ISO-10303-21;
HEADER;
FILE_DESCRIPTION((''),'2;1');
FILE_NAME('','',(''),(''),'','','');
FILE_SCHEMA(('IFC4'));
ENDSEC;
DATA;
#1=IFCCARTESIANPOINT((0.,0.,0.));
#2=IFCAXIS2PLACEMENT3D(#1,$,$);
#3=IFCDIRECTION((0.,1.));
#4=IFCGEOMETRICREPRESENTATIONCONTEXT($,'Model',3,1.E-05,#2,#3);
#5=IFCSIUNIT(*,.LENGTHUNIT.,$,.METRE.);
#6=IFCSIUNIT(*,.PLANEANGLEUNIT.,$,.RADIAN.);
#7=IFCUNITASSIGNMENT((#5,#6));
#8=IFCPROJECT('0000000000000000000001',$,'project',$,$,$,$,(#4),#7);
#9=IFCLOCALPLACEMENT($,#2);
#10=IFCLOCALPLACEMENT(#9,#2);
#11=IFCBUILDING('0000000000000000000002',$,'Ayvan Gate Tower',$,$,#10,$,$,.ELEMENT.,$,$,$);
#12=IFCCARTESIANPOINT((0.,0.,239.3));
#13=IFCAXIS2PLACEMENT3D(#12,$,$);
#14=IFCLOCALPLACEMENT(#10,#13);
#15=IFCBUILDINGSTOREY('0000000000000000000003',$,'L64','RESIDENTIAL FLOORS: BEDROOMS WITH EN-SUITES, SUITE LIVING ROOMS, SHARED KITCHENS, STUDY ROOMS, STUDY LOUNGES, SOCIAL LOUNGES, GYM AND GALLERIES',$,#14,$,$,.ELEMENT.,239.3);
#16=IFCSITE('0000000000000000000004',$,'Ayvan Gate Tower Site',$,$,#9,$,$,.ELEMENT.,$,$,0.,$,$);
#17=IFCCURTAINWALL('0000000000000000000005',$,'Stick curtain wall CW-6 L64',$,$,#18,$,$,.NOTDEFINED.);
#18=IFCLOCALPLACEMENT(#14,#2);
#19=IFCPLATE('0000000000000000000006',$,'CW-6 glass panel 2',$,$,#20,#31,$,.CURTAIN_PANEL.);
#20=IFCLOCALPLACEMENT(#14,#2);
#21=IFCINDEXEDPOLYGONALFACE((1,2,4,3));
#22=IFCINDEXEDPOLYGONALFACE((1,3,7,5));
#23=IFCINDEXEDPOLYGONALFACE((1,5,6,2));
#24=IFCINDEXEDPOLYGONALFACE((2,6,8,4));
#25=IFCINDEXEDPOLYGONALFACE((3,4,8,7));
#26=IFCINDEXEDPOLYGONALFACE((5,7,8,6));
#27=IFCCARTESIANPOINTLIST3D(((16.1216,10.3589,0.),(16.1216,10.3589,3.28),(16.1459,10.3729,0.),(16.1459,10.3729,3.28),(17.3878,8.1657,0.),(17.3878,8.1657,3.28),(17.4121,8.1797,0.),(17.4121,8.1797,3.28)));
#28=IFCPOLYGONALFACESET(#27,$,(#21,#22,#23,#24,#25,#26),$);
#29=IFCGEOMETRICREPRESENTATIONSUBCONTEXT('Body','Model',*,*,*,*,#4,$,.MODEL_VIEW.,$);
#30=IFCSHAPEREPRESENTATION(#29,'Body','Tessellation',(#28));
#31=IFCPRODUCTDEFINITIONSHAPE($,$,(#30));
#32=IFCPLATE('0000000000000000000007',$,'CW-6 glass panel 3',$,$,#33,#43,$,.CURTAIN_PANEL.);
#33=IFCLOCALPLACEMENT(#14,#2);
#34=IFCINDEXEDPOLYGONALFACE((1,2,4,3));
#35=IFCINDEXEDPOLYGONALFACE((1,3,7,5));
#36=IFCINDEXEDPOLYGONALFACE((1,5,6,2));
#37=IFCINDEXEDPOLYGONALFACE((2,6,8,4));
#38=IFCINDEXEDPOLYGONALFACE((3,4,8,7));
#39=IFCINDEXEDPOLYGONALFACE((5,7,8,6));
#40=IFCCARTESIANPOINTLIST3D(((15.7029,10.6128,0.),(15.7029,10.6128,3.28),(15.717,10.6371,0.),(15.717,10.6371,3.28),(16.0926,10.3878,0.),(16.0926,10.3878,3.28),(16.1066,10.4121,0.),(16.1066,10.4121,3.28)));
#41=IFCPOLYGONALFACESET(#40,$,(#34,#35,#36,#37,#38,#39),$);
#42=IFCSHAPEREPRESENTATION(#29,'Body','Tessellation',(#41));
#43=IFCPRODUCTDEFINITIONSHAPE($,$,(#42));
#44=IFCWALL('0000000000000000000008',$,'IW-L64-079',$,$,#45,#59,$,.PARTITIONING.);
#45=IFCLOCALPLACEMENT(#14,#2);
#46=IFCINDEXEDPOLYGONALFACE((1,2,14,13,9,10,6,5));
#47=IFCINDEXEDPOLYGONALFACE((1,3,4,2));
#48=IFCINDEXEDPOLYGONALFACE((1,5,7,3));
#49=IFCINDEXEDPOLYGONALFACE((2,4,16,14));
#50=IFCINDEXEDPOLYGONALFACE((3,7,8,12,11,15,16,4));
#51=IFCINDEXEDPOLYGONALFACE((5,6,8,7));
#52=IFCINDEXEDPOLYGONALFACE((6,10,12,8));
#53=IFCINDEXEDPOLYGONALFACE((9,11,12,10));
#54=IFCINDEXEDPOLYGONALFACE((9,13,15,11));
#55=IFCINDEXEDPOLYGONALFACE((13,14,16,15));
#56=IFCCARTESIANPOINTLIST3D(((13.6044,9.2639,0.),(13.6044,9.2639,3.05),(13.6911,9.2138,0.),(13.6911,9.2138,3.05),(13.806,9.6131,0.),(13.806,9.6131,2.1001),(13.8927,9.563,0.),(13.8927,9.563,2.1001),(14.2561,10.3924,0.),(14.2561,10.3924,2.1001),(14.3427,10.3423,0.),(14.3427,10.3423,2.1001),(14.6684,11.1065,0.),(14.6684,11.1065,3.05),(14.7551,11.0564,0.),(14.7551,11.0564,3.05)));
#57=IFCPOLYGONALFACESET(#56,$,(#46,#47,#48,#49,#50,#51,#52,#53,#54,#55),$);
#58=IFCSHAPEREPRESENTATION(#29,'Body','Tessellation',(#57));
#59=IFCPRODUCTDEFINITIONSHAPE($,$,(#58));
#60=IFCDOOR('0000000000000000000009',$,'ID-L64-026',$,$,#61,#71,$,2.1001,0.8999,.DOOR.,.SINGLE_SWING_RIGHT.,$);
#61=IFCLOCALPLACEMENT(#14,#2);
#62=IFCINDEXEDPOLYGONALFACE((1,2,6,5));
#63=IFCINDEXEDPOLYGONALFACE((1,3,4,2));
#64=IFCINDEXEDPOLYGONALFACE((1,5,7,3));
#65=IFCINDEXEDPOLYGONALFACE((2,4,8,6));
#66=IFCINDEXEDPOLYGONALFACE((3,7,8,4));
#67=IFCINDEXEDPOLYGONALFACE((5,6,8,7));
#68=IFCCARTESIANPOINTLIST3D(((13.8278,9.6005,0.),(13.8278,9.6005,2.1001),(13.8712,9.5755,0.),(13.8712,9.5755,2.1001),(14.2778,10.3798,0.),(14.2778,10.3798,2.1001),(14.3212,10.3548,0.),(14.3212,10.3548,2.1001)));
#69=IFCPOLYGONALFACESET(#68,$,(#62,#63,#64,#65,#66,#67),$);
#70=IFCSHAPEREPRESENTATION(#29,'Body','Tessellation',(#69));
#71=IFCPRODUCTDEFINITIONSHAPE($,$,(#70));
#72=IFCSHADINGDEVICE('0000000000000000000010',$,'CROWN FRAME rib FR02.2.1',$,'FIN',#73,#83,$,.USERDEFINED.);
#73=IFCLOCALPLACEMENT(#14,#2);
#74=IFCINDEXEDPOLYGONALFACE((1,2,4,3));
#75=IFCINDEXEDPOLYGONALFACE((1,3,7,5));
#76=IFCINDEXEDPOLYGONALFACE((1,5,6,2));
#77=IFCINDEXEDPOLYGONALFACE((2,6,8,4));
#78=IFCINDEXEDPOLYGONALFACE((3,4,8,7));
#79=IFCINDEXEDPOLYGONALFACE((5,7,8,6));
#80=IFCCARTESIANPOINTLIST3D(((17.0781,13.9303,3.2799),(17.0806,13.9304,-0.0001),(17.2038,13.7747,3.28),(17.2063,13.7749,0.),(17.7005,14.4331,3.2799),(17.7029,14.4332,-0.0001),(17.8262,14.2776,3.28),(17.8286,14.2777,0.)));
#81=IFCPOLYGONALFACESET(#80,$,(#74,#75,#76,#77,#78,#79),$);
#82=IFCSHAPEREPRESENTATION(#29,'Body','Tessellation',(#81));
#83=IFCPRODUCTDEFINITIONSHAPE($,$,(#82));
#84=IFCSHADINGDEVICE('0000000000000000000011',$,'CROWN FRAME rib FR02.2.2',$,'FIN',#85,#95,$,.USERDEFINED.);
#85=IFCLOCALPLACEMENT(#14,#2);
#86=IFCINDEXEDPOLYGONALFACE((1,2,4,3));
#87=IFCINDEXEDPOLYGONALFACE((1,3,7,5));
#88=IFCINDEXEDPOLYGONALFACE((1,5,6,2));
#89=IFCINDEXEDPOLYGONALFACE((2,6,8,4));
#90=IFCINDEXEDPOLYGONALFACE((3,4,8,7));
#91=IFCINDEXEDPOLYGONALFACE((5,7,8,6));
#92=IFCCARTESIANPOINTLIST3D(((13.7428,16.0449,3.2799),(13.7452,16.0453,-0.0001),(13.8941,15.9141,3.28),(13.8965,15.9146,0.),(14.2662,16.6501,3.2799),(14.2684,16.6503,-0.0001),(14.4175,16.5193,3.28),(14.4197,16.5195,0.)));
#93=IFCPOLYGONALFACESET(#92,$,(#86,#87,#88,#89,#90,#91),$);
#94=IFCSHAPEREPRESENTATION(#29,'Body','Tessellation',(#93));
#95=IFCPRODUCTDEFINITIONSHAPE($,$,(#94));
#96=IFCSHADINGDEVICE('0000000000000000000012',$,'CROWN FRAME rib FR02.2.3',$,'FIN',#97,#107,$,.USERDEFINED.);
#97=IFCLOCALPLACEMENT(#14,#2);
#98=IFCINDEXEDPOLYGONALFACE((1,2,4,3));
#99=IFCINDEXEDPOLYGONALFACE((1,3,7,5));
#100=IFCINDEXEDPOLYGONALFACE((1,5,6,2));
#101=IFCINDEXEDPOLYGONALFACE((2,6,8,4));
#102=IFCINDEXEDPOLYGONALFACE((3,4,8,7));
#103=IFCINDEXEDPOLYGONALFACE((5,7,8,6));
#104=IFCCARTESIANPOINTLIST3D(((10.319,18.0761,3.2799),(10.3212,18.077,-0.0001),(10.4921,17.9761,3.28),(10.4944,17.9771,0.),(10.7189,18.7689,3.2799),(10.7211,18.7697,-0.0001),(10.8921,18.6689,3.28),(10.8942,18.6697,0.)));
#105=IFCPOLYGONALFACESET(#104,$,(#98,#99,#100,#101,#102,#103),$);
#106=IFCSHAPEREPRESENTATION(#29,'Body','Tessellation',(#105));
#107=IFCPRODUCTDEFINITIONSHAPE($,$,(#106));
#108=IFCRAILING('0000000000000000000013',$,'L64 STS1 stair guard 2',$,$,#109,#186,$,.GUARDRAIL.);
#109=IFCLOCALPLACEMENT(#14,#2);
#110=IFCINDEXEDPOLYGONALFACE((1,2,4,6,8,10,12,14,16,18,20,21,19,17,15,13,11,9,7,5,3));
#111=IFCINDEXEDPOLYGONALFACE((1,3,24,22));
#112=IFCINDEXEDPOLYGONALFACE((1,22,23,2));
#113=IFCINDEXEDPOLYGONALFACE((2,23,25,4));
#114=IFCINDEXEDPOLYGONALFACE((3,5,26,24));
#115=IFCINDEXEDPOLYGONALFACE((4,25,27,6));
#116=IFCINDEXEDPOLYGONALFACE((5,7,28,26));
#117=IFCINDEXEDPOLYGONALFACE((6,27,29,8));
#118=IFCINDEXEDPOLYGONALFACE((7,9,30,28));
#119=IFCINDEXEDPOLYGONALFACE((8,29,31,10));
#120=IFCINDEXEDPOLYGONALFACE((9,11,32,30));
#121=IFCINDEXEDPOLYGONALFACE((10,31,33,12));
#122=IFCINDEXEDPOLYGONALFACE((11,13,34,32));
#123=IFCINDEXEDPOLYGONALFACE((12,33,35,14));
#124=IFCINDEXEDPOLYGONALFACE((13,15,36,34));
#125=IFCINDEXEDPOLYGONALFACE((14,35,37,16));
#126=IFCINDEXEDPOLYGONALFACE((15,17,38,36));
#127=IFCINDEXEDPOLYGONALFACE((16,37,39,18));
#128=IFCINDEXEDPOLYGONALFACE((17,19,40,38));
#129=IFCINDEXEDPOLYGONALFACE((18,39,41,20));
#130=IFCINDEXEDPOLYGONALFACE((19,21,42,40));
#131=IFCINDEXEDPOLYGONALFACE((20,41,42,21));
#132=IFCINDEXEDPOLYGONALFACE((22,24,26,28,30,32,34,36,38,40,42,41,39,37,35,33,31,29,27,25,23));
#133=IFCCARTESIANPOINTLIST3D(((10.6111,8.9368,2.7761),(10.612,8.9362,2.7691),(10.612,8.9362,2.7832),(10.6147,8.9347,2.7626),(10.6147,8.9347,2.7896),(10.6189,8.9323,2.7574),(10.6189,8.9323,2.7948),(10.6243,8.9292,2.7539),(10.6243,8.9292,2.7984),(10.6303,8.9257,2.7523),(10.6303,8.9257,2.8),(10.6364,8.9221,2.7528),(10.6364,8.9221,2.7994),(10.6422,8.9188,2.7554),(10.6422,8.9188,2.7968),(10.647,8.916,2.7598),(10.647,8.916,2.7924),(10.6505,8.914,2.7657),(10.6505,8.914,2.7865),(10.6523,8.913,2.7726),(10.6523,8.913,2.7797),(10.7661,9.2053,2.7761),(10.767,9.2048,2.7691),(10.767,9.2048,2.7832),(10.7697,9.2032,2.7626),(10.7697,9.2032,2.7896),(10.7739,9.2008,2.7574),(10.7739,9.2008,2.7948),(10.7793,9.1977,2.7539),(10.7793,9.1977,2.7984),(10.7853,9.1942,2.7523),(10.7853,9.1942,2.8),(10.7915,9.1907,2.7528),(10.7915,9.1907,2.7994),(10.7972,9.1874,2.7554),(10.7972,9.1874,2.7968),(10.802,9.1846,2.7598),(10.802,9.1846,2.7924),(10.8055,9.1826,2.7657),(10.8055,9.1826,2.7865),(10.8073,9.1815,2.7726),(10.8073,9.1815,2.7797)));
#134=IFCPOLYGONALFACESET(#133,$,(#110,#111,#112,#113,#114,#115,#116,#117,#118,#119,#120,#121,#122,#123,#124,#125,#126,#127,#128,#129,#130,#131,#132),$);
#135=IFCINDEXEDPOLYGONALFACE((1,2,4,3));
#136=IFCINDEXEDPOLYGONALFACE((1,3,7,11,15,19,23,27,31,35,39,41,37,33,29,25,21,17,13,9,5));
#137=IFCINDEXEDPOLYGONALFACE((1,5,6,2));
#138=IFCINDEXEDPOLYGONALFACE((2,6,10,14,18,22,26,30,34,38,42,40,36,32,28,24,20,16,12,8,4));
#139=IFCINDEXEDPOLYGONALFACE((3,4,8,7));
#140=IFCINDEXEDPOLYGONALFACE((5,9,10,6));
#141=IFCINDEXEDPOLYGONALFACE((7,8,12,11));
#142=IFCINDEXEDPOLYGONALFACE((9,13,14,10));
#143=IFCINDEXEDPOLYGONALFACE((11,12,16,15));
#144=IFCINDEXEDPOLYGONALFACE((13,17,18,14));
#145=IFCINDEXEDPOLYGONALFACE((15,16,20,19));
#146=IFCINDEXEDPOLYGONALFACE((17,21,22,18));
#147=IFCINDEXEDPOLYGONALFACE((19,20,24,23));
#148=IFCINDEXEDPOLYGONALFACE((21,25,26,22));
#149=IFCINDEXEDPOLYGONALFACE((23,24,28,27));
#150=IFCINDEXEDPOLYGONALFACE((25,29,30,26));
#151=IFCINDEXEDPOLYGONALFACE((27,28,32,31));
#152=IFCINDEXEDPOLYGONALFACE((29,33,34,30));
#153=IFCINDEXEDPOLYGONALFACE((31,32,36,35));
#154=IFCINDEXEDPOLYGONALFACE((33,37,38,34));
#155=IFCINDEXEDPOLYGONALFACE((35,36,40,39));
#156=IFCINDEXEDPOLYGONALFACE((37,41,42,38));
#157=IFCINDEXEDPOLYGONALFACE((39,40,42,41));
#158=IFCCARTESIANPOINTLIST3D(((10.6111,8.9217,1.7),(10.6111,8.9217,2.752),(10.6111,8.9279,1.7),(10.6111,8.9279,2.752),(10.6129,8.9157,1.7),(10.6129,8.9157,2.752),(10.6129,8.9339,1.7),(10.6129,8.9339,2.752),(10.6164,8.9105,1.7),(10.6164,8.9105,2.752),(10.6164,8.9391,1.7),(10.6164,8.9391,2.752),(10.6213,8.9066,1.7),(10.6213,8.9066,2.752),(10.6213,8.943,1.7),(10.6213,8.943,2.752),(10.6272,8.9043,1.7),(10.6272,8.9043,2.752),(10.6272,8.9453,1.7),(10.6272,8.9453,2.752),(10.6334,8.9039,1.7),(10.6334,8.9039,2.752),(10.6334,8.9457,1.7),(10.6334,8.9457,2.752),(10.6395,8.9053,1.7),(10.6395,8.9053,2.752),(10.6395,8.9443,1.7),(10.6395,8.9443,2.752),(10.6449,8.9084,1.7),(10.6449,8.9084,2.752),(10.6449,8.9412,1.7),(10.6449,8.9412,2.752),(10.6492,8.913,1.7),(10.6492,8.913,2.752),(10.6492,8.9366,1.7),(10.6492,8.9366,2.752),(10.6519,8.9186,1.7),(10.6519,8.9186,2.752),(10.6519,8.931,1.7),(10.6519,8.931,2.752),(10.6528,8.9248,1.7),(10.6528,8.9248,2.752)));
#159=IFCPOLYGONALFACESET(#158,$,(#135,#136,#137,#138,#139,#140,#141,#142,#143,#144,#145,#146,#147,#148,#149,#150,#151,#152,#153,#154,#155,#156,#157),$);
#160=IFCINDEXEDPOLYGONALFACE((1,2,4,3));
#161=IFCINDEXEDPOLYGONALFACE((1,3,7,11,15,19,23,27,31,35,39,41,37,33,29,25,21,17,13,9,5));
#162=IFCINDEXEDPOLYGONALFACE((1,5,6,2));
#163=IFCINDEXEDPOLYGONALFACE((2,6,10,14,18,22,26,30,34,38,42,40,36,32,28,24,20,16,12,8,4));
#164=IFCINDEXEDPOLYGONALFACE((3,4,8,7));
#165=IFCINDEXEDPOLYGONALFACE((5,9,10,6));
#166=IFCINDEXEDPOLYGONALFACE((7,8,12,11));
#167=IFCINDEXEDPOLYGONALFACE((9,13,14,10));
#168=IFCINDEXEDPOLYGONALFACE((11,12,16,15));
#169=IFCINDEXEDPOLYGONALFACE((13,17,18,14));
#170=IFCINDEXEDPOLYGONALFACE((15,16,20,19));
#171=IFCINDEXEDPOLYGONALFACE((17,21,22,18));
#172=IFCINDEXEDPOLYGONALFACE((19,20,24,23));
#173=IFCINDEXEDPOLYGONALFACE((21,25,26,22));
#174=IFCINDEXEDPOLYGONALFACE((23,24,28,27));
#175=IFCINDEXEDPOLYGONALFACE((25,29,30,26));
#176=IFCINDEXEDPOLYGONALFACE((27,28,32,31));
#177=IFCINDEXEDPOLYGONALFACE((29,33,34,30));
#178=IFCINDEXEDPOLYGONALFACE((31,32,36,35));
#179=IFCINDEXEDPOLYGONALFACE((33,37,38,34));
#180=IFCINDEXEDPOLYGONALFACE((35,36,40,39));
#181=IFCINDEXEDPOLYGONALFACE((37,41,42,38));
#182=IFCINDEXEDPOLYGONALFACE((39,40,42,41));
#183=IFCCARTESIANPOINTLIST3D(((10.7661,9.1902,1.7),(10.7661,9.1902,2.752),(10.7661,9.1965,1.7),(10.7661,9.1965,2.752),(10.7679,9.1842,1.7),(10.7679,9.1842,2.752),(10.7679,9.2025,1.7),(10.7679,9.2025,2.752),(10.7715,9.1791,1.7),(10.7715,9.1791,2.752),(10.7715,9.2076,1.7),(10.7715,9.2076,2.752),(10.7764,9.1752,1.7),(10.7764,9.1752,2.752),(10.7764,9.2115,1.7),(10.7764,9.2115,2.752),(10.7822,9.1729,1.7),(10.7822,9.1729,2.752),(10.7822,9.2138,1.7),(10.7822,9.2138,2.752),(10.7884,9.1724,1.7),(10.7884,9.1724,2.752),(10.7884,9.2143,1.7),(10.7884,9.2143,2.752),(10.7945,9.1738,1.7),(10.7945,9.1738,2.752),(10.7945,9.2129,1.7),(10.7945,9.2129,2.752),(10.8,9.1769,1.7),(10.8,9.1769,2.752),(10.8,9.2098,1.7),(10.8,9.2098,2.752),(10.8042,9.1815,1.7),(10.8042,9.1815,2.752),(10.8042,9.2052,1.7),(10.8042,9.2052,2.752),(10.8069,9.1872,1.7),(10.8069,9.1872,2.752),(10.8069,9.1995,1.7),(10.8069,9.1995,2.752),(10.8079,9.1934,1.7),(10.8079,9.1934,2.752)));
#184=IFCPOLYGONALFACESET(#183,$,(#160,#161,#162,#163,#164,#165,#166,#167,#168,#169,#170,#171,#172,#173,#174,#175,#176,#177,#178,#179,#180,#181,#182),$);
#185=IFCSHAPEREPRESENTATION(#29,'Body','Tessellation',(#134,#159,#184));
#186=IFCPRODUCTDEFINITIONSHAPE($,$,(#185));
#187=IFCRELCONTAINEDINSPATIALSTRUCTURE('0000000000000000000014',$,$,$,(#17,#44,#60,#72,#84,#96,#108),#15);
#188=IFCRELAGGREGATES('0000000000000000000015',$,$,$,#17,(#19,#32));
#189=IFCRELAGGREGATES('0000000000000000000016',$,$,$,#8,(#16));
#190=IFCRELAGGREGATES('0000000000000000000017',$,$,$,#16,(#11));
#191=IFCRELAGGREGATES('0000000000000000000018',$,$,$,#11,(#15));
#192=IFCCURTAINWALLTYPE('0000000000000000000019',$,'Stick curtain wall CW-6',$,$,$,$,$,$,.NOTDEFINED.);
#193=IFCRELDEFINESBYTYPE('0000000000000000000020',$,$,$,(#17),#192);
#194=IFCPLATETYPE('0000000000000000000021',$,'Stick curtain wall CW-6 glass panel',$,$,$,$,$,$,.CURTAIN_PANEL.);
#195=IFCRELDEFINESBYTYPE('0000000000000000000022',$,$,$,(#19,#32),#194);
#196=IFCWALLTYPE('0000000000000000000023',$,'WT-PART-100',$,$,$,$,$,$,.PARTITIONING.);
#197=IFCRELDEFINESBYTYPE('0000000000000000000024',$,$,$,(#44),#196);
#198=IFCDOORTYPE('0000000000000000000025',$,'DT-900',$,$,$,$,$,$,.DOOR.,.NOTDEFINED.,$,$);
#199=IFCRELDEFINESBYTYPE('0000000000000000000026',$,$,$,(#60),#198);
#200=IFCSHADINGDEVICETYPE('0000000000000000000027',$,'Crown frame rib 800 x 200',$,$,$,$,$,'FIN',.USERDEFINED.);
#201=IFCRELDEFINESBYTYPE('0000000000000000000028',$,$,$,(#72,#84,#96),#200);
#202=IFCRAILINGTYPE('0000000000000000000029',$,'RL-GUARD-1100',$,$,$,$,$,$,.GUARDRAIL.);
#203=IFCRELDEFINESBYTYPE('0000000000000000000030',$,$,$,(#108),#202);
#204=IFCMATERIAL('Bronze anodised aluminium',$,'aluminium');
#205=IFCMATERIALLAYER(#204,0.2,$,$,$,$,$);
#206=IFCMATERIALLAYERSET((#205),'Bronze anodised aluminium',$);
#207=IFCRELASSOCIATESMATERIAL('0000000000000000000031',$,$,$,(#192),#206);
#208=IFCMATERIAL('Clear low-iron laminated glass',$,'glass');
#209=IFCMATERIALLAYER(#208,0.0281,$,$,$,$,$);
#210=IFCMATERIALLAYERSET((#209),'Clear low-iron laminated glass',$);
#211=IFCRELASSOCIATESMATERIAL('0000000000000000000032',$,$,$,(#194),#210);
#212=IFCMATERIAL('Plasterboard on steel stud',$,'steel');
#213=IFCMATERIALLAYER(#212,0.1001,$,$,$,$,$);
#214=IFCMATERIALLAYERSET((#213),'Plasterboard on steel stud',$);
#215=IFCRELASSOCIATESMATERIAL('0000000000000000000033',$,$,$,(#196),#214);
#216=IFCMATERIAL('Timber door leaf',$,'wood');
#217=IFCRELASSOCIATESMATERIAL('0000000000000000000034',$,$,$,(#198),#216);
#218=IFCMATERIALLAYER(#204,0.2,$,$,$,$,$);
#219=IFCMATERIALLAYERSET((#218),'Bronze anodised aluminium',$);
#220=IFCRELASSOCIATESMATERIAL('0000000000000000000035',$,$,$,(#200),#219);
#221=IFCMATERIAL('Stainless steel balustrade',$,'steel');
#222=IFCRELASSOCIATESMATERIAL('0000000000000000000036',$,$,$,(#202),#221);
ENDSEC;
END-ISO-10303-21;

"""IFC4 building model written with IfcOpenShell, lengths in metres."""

from ifc_helpers import new_model, si_unit, direction, frame, frame_2d, origin, origin_2d, place, context, subcontext, project, spatial, polyline, rectangle, circle, outline, extrude, material, layer, layer_set, type_object, element, fill, aggregate, save


model = new_model("IFC4")

# Units and contexts
model_context = context("Model", 3, precision=1e-05, world=origin(), true_north=direction((0.0, 1.0)))
body_context = subcontext(model_context, "Body", "Model", "MODEL_VIEW")
ifc_project = project(units=[si_unit("LENGTHUNIT", "METRE"), si_unit("PLANEANGLEUNIT", "RADIAN")], contexts=[model_context])

# Site, building, storey
site_placement = place(None, origin())
site = spatial("IfcSite", under=ifc_project, at=site_placement, Name="Ayvan Gate Tower Site", CompositionType="ELEMENT", RefElevation=0.0)
building_placement = place(site_placement, origin())
building = spatial("IfcBuilding", under=site, at=building_placement, Name="Ayvan Gate Tower", CompositionType="ELEMENT")
storey_placement = place(building_placement, frame((0.0, 0.0, 239.3)))
storey = spatial("IfcBuildingStorey", under=building, at=storey_placement, Name="L64", Description="RESIDENTIAL FLOORS: BEDROOMS WITH EN-SUITES, SUITE LIVING ROOMS, SHARED KITCHENS, STUDY ROOMS, STUDY LOUNGES, SOCIAL LOUNGES, GYM AND GALLERIES", CompositionType="ELEMENT", Elevation=239.3)

# Curtain wall
ifc_material_1 = material(Name="Bronze anodised aluminium", Category="aluminium")
ifc_layer_1 = layer(ifc_material_1, 0.2)
ifc_layer_set_1 = layer_set([ifc_layer_1], Name="Bronze anodised aluminium")
curtain_wall_type_1 = type_object("IfcCurtainWallType", Name="Stick curtain wall CW-6", PredefinedType="NOTDEFINED", material=ifc_layer_set_1)
curtain_wall_1_placement = place(storey_placement, origin())
curtain_wall_1 = element("IfcCurtainWall", 1, at=curtain_wall_1_placement, inside=storey, type_object=curtain_wall_type_1, Name="Stick curtain wall CW-6 L64", PredefinedType="NOTDEFINED")

# Plates
ifc_material_2 = material(Name="Clear low-iron laminated glass", Category="glass")
ifc_layer_2 = layer(ifc_material_2, 0.0281)
ifc_layer_set_2 = layer_set([ifc_layer_2], Name="Clear low-iron laminated glass")
plate_type_1 = type_object("IfcPlateType", Name="Stick curtain wall CW-6 glass panel", PredefinedType="CURTAIN_PANEL", material=ifc_layer_set_2)
plate_1_placement = place(storey_placement, frame((16.7668, 9.2693, 0.0), z_axis=(0.0, 0.0, 1.0), x_axis=(-0.5, 0.866025, 0.0)))
plate_1 = element("IfcPlate", 2, at=plate_1_placement, type_object=plate_type_1, Name="CW-6 glass panel 2", PredefinedType="CURTAIN_PANEL", context=body_context, shape_type="SweptSolid", body=[
    extrude(rectangle(XDim=2.5325, YDim=0.0281, at=origin_2d()), origin(), (0.0, 0.0, 1.0), 3.28),
])
plate_2_placement = place(storey_placement, frame((15.9048, 10.5125, 0.0), z_axis=(0.0, 0.0, 1.0), x_axis=(-0.866025, 0.5, 0.0)))
plate_2 = element("IfcPlate", 3, at=plate_2_placement, type_object=plate_type_1, Name="CW-6 glass panel 3", PredefinedType="CURTAIN_PANEL", context=body_context, shape_type="SweptSolid", body=[
    extrude(rectangle(XDim=0.45, YDim=0.0281, at=origin_2d()), origin(), (0.0, 0.0, 1.0), 3.28),
])
aggregate(curtain_wall_1, [plate_1, plate_2])

# Wall, opening, door
ifc_material_3 = material(Name="Plasterboard on steel stud", Category="steel")
ifc_layer_3 = layer(ifc_material_3, 0.1001)
ifc_layer_set_3 = layer_set([ifc_layer_3], Name="Plasterboard on steel stud")
wall_type = type_object("IfcWallType", Name="WT-PART-100", PredefinedType="PARTITIONING", material=ifc_layer_set_3)
wall_placement = place(storey_placement, frame((13.6477, 9.2388, 0.0), z_axis=(0.0, 0.0, 1.0), x_axis=(0.500063, 0.865989, 0.0)))
wall = element("IfcWall", 4, at=wall_placement, inside=storey, type_object=wall_type, Name="IW-L64-079", PredefinedType="PARTITIONING", context=body_context, shape_type="SweptSolid", body=[
    extrude(rectangle(XDim=2.1277, YDim=0.1001, at=frame_2d((1.064, 0.0))), origin(), (0.0, 0.0, 1.0), 3.05),
])
opening_placement = place(wall_placement, frame((0.4033, 0.0, 0.0)))
opening = element("IfcOpeningElement", 5, at=opening_placement, cuts=wall, PredefinedType="OPENING", context=body_context, shape_type="SweptSolid", body=[
    extrude(rectangle(XDim=0.8999, YDim=2.1001, at=frame_2d((0.45, 1.05))), frame((0.0, 0.0601, 0.0), z_axis=(0.0, -1.0, 0.0), x_axis=(1.0, 0.0, 0.0)), (0.0, 0.0, 1.0), 0.1201),
])
ifc_material_4 = material(Name="Timber door leaf", Category="wood")
door_type = type_object("IfcDoorType", Name="DT-900", OperationType="NOTDEFINED", PredefinedType="DOOR", material=ifc_material_4)
door_placement = place(opening_placement, origin())
door = element("IfcDoor", 6, at=door_placement, inside=storey, type_object=door_type, Name="ID-L64-026", OperationType="SINGLE_SWING_RIGHT", OverallHeight=2.1001, OverallWidth=0.8999, PredefinedType="DOOR", context=body_context, shape_type="SweptSolid", body=[
    extrude(rectangle(XDim=0.8999, YDim=2.1001, at=frame_2d((0.45, 1.05))), frame((0.0, 0.0249, 0.0), z_axis=(0.0, -1.0, 0.0), x_axis=(1.0, 0.0, 0.0)), (0.0, 0.0, 1.0), 0.05),
])
fill(opening, door)

# Shading devices
ifc_layer_4 = layer(ifc_material_1, 0.2)
ifc_layer_set_4 = layer_set([ifc_layer_4], Name="Bronze anodised aluminium")
shading_device_type = type_object("IfcShadingDeviceType", Name="Crown frame rib 800 x 200", ElementType="FIN", PredefinedType="USERDEFINED", material=ifc_layer_set_4)
shading_device_1_placement = place(storey_placement, frame((17.2063, 13.7749, 0.0), z_axis=(0.628465, -0.777838, 0.000439), x_axis=(0.777838, 0.628465, 0.0)))
element("IfcShadingDevice", 7, at=shading_device_1_placement, inside=storey, type_object=shading_device_type, Name="CROWN FRAME rib FR02.2.1", ObjectType="FIN", PredefinedType="USERDEFINED", context=body_context, shape_type="SweptSolid", body=[
    extrude(outline(polyline([(0.0, 0.0), (0.8, 0.0), (0.7981, 3.28), (-0.0021, 3.28), (0.0, 0.0)])), origin(), (0.0, 0.0, -1.0), 0.2),
])
shading_device_2_placement = place(storey_placement, frame((13.8965, 15.9146, 0.0), z_axis=(0.756373, -0.65414, 0.000462), x_axis=(0.65414, 0.756373, 0.0)))
element("IfcShadingDevice", 8, at=shading_device_2_placement, inside=storey, type_object=shading_device_type, Name="CROWN FRAME rib FR02.2.2", ObjectType="FIN", PredefinedType="USERDEFINED", context=body_context, shape_type="SweptSolid", body=[
    extrude(outline(polyline([(0.0, 0.0), (0.7998, 0.0), (0.7982, 3.28), (-0.002, 3.28), (0.0, 0.0)])), origin(), (0.0, 0.0, -1.0), 0.2),
])
shading_device_3_placement = place(storey_placement, frame((10.4944, 17.9771, 0.0), z_axis=(0.866056, -0.499947, 0.00045), x_axis=(0.499947, 0.866056, 0.0)))
element("IfcShadingDevice", 9, at=shading_device_3_placement, inside=storey, type_object=shading_device_type, Name="CROWN FRAME rib FR02.2.3", ObjectType="FIN", PredefinedType="USERDEFINED", context=body_context, shape_type="SweptSolid", body=[
    extrude(outline(polyline([(0.0, 0.0), (0.7998, 0.0), (0.7981, 3.28), (-0.0019, 3.28), (0.0, 0.0)])), origin(), (0.0, 0.0, -1.0), 0.2),
])

# Railing
ifc_material_5 = material(Name="Stainless steel balustrade", Category="steel")
railing_type_1 = type_object("IfcRailingType", Name="RL-GUARD-1100", PredefinedType="GUARDRAIL", material=ifc_material_5)
railing_1_placement = place(storey_placement, frame((10.6318, 8.9248, 1.7)))
element("IfcRailing", 10, at=railing_1_placement, inside=storey, type_object=railing_type_1, Name="L64 STS1 stair guard 2", PredefinedType="GUARDRAIL", context=body_context, shape_type="SweptSolid", body=[
    extrude(circle(Radius=0.0239, at=origin_2d()), frame((0.0, 0.0, 1.0762), z_axis=(0.49995, 0.866054, 0.0), x_axis=(-0.866054, 0.49995, 0.0)), (0.0, 0.0, 1.0), 0.3101),
    extrude(circle(Radius=0.021, at=origin_2d()), origin(), (0.0, 0.0, 1.0), 1.052),
    extrude(circle(Radius=0.021, at=origin_2d()), frame((0.155, 0.2686, 0.0)), (0.0, 0.0, 1.0), 1.052),
])

save(model, "model.ifc")
